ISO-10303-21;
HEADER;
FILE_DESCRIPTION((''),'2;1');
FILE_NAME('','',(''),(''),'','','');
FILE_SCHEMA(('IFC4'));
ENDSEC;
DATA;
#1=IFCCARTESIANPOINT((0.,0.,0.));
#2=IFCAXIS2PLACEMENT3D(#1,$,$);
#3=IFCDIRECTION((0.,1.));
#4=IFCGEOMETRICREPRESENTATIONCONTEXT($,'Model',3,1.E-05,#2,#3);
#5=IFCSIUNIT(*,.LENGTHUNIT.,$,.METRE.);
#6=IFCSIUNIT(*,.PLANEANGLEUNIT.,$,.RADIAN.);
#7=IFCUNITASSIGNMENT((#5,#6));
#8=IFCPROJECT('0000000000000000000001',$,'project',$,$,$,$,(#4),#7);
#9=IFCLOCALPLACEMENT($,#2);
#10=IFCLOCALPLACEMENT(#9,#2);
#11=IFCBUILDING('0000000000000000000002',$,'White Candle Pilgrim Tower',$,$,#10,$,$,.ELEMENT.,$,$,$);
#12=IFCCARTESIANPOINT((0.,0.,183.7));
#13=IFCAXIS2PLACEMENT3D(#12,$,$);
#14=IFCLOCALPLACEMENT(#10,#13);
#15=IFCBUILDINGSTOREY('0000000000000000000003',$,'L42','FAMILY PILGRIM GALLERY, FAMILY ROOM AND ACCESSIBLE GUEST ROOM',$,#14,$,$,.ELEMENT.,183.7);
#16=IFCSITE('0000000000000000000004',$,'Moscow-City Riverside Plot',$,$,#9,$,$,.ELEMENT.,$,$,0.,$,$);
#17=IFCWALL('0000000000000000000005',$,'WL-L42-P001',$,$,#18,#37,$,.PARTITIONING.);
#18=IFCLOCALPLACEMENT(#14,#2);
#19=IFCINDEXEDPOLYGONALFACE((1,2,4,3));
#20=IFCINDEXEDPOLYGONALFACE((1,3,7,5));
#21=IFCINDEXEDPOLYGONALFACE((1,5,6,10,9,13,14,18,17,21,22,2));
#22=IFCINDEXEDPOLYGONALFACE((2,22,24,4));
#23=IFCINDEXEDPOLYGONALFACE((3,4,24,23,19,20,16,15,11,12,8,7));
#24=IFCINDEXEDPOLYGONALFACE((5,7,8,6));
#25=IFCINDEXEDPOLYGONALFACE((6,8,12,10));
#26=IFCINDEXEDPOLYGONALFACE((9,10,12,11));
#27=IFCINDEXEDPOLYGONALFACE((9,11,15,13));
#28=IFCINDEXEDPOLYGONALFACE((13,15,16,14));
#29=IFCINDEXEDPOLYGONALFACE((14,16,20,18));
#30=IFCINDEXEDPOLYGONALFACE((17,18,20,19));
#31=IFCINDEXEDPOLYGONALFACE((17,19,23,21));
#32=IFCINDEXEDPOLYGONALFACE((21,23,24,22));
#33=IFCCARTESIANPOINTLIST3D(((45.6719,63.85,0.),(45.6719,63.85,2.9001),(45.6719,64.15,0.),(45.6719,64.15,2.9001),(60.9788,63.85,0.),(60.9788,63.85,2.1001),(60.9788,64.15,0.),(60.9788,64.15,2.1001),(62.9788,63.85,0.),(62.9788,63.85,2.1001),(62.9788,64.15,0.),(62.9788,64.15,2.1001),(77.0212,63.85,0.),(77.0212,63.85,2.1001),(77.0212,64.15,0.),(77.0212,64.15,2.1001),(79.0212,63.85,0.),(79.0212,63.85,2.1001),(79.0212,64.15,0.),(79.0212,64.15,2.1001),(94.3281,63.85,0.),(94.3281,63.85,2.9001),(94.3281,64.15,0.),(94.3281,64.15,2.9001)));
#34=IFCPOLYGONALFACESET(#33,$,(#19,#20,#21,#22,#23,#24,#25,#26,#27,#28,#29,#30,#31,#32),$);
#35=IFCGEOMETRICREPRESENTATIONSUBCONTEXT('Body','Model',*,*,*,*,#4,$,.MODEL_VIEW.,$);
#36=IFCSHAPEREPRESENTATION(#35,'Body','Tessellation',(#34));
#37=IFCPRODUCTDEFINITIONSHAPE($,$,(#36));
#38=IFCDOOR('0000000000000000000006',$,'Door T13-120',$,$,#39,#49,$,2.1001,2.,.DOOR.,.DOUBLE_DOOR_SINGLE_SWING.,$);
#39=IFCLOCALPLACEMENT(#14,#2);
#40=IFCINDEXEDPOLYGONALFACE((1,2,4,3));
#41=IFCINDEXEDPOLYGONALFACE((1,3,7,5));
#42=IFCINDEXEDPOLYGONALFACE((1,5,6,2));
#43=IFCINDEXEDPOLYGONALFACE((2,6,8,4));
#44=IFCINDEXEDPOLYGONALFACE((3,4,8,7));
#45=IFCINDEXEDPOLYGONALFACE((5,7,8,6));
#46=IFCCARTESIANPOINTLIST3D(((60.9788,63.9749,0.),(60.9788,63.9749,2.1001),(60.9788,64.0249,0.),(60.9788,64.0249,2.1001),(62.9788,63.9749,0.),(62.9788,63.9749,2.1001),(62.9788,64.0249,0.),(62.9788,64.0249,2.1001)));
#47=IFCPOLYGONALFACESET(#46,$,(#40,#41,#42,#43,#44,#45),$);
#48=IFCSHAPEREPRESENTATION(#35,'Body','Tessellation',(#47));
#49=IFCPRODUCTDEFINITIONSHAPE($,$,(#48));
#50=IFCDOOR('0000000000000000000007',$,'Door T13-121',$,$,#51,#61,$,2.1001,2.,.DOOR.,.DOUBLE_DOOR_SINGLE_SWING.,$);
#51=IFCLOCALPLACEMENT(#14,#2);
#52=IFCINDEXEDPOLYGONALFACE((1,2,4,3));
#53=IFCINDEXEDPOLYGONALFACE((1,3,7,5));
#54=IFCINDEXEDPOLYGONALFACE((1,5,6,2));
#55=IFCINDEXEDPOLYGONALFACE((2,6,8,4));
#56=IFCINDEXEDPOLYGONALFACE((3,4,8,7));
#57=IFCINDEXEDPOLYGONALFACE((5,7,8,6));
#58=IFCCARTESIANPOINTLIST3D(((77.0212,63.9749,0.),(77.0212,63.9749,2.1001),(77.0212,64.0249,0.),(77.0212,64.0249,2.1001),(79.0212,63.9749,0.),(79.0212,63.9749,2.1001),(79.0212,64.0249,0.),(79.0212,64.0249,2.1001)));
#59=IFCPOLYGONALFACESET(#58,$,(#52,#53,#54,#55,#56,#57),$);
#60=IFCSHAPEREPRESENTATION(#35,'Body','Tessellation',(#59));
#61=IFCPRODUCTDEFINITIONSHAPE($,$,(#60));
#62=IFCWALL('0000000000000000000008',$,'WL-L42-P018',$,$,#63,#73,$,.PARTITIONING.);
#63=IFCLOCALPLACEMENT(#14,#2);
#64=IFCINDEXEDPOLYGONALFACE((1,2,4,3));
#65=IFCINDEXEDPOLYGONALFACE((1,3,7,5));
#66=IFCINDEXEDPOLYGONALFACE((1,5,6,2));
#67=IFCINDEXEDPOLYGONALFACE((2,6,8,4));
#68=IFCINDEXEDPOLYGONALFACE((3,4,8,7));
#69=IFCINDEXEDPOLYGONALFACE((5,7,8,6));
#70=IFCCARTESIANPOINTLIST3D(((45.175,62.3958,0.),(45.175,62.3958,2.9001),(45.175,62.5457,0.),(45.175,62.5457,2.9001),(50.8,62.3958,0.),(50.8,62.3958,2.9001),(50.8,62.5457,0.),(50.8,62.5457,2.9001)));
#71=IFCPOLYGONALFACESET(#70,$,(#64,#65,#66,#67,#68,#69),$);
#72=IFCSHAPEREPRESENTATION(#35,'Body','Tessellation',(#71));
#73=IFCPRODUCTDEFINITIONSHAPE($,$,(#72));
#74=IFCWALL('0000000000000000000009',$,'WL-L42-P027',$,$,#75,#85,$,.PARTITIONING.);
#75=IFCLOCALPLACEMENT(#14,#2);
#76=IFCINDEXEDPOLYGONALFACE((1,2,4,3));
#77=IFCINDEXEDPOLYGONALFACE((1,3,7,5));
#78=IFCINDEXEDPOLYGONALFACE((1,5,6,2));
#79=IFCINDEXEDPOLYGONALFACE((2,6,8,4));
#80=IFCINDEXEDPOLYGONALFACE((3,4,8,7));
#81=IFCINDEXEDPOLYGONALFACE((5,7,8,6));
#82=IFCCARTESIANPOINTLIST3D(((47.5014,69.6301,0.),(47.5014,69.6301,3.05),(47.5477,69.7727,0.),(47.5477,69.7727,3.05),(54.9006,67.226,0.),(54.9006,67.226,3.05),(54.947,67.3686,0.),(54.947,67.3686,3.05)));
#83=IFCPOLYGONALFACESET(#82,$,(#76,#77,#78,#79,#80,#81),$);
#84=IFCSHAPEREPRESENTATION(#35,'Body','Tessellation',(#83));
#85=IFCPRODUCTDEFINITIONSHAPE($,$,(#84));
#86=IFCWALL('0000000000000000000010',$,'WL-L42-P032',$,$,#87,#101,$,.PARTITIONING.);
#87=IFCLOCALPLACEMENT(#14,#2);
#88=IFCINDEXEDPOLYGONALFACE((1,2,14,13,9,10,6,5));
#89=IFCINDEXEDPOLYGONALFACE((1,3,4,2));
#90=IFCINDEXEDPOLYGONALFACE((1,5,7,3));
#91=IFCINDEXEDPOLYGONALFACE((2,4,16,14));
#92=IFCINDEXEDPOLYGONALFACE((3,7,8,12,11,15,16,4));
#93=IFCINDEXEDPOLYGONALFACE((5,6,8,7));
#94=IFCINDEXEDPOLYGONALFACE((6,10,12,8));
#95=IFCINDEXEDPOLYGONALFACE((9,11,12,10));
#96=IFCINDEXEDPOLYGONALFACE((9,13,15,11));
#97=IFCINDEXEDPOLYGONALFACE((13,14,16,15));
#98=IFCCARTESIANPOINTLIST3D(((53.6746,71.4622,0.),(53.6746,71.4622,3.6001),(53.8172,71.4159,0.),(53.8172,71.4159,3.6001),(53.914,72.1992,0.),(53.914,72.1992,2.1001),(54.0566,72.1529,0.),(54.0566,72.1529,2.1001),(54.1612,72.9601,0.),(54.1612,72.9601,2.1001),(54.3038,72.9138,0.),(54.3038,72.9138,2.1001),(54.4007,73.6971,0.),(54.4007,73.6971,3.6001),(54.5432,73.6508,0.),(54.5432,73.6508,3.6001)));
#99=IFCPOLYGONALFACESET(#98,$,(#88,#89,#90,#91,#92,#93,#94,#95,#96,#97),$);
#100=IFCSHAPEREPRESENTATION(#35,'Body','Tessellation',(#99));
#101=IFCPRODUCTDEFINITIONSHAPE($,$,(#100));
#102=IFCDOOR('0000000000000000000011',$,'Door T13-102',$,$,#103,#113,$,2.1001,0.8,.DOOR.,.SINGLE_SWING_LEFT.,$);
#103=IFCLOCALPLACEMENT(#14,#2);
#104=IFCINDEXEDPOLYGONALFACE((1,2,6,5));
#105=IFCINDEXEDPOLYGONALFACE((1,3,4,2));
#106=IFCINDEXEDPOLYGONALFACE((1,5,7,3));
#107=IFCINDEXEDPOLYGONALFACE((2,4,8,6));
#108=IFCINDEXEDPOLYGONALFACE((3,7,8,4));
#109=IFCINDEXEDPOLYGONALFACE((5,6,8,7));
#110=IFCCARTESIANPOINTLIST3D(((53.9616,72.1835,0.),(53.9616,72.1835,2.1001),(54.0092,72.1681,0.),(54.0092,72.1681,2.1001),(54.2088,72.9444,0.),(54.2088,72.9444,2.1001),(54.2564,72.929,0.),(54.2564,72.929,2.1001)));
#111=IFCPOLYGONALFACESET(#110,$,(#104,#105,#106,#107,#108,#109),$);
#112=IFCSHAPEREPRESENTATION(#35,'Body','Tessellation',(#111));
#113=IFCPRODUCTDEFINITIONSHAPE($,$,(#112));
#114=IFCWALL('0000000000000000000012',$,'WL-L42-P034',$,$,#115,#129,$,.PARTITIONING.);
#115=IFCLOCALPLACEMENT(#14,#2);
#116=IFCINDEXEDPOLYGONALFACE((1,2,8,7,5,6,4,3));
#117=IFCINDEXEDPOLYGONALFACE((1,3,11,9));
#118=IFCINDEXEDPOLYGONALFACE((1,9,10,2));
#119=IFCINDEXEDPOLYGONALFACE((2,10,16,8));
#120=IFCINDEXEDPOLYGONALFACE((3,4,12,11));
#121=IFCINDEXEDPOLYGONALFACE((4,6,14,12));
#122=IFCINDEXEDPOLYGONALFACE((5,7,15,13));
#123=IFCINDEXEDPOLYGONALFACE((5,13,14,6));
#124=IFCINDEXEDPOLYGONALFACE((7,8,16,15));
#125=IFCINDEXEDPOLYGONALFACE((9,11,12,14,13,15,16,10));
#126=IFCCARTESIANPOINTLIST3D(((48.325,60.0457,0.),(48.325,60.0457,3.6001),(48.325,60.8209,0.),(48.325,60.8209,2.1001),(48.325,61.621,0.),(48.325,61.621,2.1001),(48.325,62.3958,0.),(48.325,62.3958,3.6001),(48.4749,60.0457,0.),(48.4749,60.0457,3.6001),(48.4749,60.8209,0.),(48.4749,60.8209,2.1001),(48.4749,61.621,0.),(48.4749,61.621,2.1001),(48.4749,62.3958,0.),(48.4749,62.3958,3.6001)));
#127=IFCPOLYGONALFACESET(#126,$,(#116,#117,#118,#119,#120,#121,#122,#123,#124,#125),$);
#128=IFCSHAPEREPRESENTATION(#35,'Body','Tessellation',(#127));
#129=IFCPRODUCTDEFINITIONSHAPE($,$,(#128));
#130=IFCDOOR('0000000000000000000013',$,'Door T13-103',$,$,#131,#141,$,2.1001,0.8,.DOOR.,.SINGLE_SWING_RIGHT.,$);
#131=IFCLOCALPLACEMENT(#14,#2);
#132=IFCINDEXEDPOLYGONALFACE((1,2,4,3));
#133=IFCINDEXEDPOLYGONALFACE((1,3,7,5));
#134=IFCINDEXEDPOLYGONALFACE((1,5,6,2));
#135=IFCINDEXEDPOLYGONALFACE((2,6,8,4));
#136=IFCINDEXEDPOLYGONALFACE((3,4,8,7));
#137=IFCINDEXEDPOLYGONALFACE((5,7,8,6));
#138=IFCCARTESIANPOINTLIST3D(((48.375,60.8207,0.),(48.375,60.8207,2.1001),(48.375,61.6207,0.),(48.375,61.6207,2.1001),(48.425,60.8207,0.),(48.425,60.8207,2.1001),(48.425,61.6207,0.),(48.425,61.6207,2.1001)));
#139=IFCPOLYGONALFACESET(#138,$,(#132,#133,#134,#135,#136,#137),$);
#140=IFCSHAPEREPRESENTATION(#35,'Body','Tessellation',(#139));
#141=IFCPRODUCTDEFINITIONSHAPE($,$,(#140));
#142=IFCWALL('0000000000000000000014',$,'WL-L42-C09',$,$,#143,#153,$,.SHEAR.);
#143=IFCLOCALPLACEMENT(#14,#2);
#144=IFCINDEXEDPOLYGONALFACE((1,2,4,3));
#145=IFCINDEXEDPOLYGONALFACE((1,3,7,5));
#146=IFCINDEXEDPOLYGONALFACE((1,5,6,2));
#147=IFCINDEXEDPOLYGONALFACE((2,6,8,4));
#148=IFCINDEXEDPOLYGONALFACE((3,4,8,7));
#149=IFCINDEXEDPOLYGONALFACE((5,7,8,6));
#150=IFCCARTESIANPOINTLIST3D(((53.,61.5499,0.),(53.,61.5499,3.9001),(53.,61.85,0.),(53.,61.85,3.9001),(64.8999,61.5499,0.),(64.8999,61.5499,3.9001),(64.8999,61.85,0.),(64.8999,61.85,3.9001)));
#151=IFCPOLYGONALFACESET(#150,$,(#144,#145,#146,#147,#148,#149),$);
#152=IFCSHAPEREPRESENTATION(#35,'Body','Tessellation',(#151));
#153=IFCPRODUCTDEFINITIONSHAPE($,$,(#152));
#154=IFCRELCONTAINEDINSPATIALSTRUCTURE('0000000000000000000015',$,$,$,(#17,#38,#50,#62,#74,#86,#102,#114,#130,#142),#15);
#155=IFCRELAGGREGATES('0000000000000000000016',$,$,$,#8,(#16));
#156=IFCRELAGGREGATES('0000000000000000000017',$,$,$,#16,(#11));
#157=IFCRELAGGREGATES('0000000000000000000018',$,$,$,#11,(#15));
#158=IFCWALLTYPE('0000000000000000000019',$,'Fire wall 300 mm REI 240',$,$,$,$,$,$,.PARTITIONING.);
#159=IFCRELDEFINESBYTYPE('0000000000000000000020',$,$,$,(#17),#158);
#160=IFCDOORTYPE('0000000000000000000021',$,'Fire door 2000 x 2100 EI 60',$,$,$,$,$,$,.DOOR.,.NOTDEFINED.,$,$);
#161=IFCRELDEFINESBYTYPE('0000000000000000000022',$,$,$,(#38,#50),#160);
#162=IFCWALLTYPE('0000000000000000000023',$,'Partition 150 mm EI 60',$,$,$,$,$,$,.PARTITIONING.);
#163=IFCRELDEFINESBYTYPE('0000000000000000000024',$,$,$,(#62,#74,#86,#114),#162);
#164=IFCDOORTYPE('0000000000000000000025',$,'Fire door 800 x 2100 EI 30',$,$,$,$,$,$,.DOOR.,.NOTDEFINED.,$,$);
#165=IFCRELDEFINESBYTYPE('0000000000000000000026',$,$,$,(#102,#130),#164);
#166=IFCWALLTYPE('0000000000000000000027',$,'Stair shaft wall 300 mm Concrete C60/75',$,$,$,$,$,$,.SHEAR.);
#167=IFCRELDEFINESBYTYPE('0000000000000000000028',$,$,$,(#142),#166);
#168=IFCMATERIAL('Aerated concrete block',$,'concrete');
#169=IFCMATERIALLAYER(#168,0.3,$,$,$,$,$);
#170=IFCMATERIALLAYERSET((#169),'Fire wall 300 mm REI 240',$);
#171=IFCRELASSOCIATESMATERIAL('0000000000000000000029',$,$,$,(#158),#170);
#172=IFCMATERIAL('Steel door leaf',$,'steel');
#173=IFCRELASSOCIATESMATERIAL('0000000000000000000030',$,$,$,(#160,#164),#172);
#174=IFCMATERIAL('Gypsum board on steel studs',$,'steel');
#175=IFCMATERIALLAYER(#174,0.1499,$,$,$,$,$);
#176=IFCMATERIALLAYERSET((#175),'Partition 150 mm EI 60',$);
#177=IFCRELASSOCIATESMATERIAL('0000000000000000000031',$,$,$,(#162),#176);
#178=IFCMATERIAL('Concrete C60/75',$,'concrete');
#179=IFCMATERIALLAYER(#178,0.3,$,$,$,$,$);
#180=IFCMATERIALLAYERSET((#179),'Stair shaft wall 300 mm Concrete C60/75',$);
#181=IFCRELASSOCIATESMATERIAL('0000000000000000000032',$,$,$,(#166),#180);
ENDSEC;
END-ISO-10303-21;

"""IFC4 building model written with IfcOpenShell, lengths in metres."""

from ifc_helpers import new_model, si_unit, direction, frame, frame_2d, origin, place, context, subcontext, project, spatial, rectangle, extrude, material, layer, layer_set, type_object, element, fill, save


model = new_model("IFC4")

# Units and contexts
model_context = context("Model", 3, precision=1e-05, world=origin(), true_north=direction((0.0, 1.0)))
body_context = subcontext(model_context, "Body", "Model", "MODEL_VIEW")
ifc_project = project(units=[si_unit("LENGTHUNIT", "METRE"), si_unit("PLANEANGLEUNIT", "RADIAN")], contexts=[model_context])

# Site, building, storey
site_placement = place(None, origin())
site = spatial("IfcSite", under=ifc_project, at=site_placement, Name="Moscow-City Riverside Plot", CompositionType="ELEMENT", RefElevation=0.0)
building_placement = place(site_placement, origin())
building = spatial("IfcBuilding", under=site, at=building_placement, Name="White Candle Pilgrim Tower", CompositionType="ELEMENT")
storey_placement = place(building_placement, frame((0.0, 0.0, 183.7)))
storey = spatial("IfcBuildingStorey", under=building, at=storey_placement, Name="L42", Description="FAMILY PILGRIM GALLERY, FAMILY ROOM AND ACCESSIBLE GUEST ROOM", CompositionType="ELEMENT", Elevation=183.7)

# Shared definitions
ifc_material_1 = material(Name="Gypsum board on steel studs", Category="steel")
ifc_material_2 = material(Name="Steel door leaf", Category="steel")

# Wall, openings, doors
ifc_material_3 = material(Name="Aerated concrete block", Category="concrete")
ifc_layer_1 = layer(ifc_material_3, 0.3)
ifc_layer_set_1 = layer_set([ifc_layer_1], Name="Fire wall 300 mm REI 240")
wall_type_1 = type_object("IfcWallType", Name="Fire wall 300 mm REI 240", PredefinedType="PARTITIONING", material=ifc_layer_set_1)
wall_1_placement = place(storey_placement, frame((45.6719, 64.0, 0.0), z_axis=(0.0, 0.0, 1.0), x_axis=(1.0, 0.0, 0.0)))
wall_1 = element("IfcWall", 1, at=wall_1_placement, inside=storey, type_object=wall_type_1, Name="WL-L42-P001", PredefinedType="PARTITIONING", context=body_context, shape_type="SweptSolid", body=[
    extrude(rectangle(XDim=48.6562, YDim=0.3, at=frame_2d((24.3281, 0.0))), origin(), (0.0, 0.0, 1.0), 2.9001),
])
opening_1_placement = place(wall_1_placement, frame((15.3069, 0.0, 0.0)))
opening_1 = element("IfcOpeningElement", 2, at=opening_1_placement, cuts=wall_1, PredefinedType="OPENING", context=body_context, shape_type="SweptSolid", body=[
    extrude(rectangle(XDim=2.0, YDim=2.1001, at=frame_2d((1.0, 1.05))), frame((0.0, 0.1599, 0.0), z_axis=(0.0, -1.0, 0.0), x_axis=(1.0, 0.0, 0.0)), (0.0, 0.0, 1.0), 0.3201),
])
opening_2_placement = place(wall_1_placement, frame((31.3494, 0.0, 0.0)))
opening_2 = element("IfcOpeningElement", 3, at=opening_2_placement, cuts=wall_1, PredefinedType="OPENING", context=body_context, shape_type="SweptSolid", body=[
    extrude(rectangle(XDim=2.0, YDim=2.1001, at=frame_2d((1.0, 1.05))), frame((0.0, 0.1599, 0.0), z_axis=(0.0, -1.0, 0.0), x_axis=(1.0, 0.0, 0.0)), (0.0, 0.0, 1.0), 0.3201),
])
door_type_1 = type_object("IfcDoorType", Name="Fire door 2000 x 2100 EI 60", OperationType="NOTDEFINED", PredefinedType="DOOR", material=ifc_material_2)
door_1_placement = place(opening_1_placement, origin())
door_1 = element("IfcDoor", 4, at=door_1_placement, inside=storey, type_object=door_type_1, Name="Door T13-120", OperationType="DOUBLE_DOOR_SINGLE_SWING", OverallHeight=2.1001, OverallWidth=2.0, PredefinedType="DOOR", context=body_context, shape_type="SweptSolid", body=[
    extrude(rectangle(XDim=2.0, YDim=2.1001, at=frame_2d((1.0, 1.05))), frame((0.0, 0.0249, 0.0), z_axis=(0.0, -1.0, 0.0), x_axis=(1.0, 0.0, 0.0)), (0.0, 0.0, 1.0), 0.05),
])
fill(opening_1, door_1)
door_2_placement = place(opening_2_placement, origin())
door_2 = element("IfcDoor", 5, at=door_2_placement, inside=storey, type_object=door_type_1, Name="Door T13-121", OperationType="DOUBLE_DOOR_SINGLE_SWING", OverallHeight=2.1001, OverallWidth=2.0, PredefinedType="DOOR", context=body_context, shape_type="SweptSolid", body=[
    extrude(rectangle(XDim=2.0, YDim=2.1001, at=frame_2d((1.0, 1.05))), frame((0.0, 0.0249, 0.0), z_axis=(0.0, -1.0, 0.0), x_axis=(1.0, 0.0, 0.0)), (0.0, 0.0, 1.0), 0.05),
])
fill(opening_2, door_2)

# Walls
ifc_layer_2 = layer(ifc_material_1, 0.1499)
ifc_layer_set_2 = layer_set([ifc_layer_2], Name="Partition 150 mm EI 60")
wall_type_2 = type_object("IfcWallType", Name="Partition 150 mm EI 60", PredefinedType="PARTITIONING", material=ifc_layer_set_2)
wall_2_placement = place(storey_placement, frame((45.175, 62.4707, 0.0), z_axis=(0.0, 0.0, 1.0), x_axis=(1.0, 0.0, 0.0)))
element("IfcWall", 6, at=wall_2_placement, inside=storey, type_object=wall_type_2, Name="WL-L42-P018", PredefinedType="PARTITIONING", context=body_context, shape_type="SweptSolid", body=[
    extrude(rectangle(XDim=5.625, YDim=0.1499, at=frame_2d((2.8125, 0.0))), origin(), (0.0, 0.0, 1.0), 2.9001),
])
wall_3_placement = place(storey_placement, frame((47.5244, 69.7014, 0.0), z_axis=(0.0, 0.0, 1.0), x_axis=(0.95106, -0.309007, 0.0)))
element("IfcWall", 7, at=wall_3_placement, inside=storey, type_object=wall_type_2, Name="WL-L42-P027", PredefinedType="PARTITIONING", context=body_context, shape_type="SweptSolid", body=[
    extrude(rectangle(XDim=7.78, YDim=0.1499, at=frame_2d((3.8901, 0.0))), origin(), (0.0, 0.0, 1.0), 3.05),
])

# Walls, openings, doors
wall_4_placement = place(storey_placement, frame((54.4719, 73.6738, 0.0), z_axis=(0.0, 0.0, 1.0), x_axis=(-0.308987, -0.951066, 0.0)))
wall_4 = element("IfcWall", 8, at=wall_4_placement, inside=storey, type_object=wall_type_2, Name="WL-L42-P032", PredefinedType="PARTITIONING", context=body_context, shape_type="SweptSolid", body=[
    extrude(rectangle(XDim=2.3499, YDim=0.1499, at=frame_2d((1.1748, 0.0))), origin(), (0.0, 0.0, 1.0), 3.6001),
])
opening_3_placement = place(wall_4_placement, frame((0.7749, 0.0, 0.0)))
opening_3 = element("IfcOpeningElement", 9, at=opening_3_placement, cuts=wall_4, PredefinedType="OPENING", context=body_context, shape_type="SweptSolid", body=[
    extrude(rectangle(XDim=0.8, YDim=2.1001, at=frame_2d((0.3999, 1.05))), frame((0.0, 0.085, 0.0), z_axis=(0.0, -1.0, 0.0), x_axis=(1.0, 0.0, 0.0)), (0.0, 0.0, 1.0), 0.1699),
])
door_type_2 = type_object("IfcDoorType", Name="Fire door 800 x 2100 EI 30", OperationType="NOTDEFINED", PredefinedType="DOOR", material=ifc_material_2)
door_3_placement = place(opening_3_placement, frame((0.8, 0.0, 0.0), z_axis=(0.0, 0.0, 1.0), x_axis=(-1.0, 0.0, 0.0)))
door_3 = element("IfcDoor", 10, at=door_3_placement, inside=storey, type_object=door_type_2, Name="Door T13-102", OperationType="SINGLE_SWING_LEFT", OverallHeight=2.1001, OverallWidth=0.8, PredefinedType="DOOR", context=body_context, shape_type="SweptSolid", body=[
    extrude(rectangle(XDim=0.8, YDim=2.1001, at=frame_2d((0.3999, 1.05))), frame((0.0, 0.0249, 0.0), z_axis=(0.0, -1.0, 0.0), x_axis=(1.0, 0.0, 0.0)), (0.0, 0.0, 1.0), 0.05),
])
fill(opening_3, door_3)
wall_5_placement = place(storey_placement, frame((48.3999, 62.3958, 0.0), z_axis=(0.0, 0.0, 1.0), x_axis=(0.0, -1.0, 0.0)))
wall_5 = element("IfcWall", 11, at=wall_5_placement, inside=storey, type_object=wall_type_2, Name="WL-L42-P034", PredefinedType="PARTITIONING", context=body_context, shape_type="SweptSolid", body=[
    extrude(rectangle(XDim=2.3501, YDim=0.1499, at=frame_2d((1.175, 0.0))), origin(), (0.0, 0.0, 1.0), 3.6001),
])
opening_4_placement = place(wall_5_placement, frame((0.7749, 0.0, 0.0)))
opening_4 = element("IfcOpeningElement", 12, at=opening_4_placement, cuts=wall_5, PredefinedType="OPENING", context=body_context, shape_type="SweptSolid", body=[
    extrude(rectangle(XDim=0.8, YDim=2.1001, at=frame_2d((0.3999, 1.05))), frame((0.0, 0.085, 0.0), z_axis=(0.0, -1.0, 0.0), x_axis=(1.0, 0.0, 0.0)), (0.0, 0.0, 1.0), 0.1699),
])
door_4_placement = place(opening_4_placement, frame((0.8, 0.0, 0.0), z_axis=(0.0, 0.0, 1.0), x_axis=(-1.0, 0.0, 0.0)))
door_4 = element("IfcDoor", 13, at=door_4_placement, inside=storey, type_object=door_type_2, Name="Door T13-103", OperationType="SINGLE_SWING_RIGHT", OverallHeight=2.1001, OverallWidth=0.8, PredefinedType="DOOR", context=body_context, shape_type="SweptSolid", body=[
    extrude(rectangle(XDim=0.8, YDim=2.1001, at=frame_2d((0.3999, 1.05))), frame((0.0, 0.0249, 0.0), z_axis=(0.0, -1.0, 0.0), x_axis=(1.0, 0.0, 0.0)), (0.0, 0.0, 1.0), 0.05),
])
fill(opening_4, door_4)

# Wall
ifc_material_4 = material(Name="Concrete C60/75", Category="concrete")
ifc_layer_3 = layer(ifc_material_4, 0.3)
ifc_layer_set_3 = layer_set([ifc_layer_3], Name="Stair shaft wall 300 mm Concrete C60/75")
wall_type_3 = type_object("IfcWallType", Name="Stair shaft wall 300 mm Concrete C60/75", PredefinedType="SHEAR", material=ifc_layer_set_3)
wall_6_placement = place(storey_placement, frame((53.0, 61.7, 0.0), z_axis=(0.0, 0.0, 1.0), x_axis=(1.0, 0.0, 0.0)))
element("IfcWall", 14, at=wall_6_placement, inside=storey, type_object=wall_type_3, Name="WL-L42-C09", PredefinedType="SHEAR", context=body_context, shape_type="SweptSolid", body=[
    extrude(rectangle(XDim=11.8999, YDim=0.3, at=frame_2d((5.95, 0.0))), origin(), (0.0, 0.0, 1.0), 3.9001),
])

save(model, "model.ifc")
